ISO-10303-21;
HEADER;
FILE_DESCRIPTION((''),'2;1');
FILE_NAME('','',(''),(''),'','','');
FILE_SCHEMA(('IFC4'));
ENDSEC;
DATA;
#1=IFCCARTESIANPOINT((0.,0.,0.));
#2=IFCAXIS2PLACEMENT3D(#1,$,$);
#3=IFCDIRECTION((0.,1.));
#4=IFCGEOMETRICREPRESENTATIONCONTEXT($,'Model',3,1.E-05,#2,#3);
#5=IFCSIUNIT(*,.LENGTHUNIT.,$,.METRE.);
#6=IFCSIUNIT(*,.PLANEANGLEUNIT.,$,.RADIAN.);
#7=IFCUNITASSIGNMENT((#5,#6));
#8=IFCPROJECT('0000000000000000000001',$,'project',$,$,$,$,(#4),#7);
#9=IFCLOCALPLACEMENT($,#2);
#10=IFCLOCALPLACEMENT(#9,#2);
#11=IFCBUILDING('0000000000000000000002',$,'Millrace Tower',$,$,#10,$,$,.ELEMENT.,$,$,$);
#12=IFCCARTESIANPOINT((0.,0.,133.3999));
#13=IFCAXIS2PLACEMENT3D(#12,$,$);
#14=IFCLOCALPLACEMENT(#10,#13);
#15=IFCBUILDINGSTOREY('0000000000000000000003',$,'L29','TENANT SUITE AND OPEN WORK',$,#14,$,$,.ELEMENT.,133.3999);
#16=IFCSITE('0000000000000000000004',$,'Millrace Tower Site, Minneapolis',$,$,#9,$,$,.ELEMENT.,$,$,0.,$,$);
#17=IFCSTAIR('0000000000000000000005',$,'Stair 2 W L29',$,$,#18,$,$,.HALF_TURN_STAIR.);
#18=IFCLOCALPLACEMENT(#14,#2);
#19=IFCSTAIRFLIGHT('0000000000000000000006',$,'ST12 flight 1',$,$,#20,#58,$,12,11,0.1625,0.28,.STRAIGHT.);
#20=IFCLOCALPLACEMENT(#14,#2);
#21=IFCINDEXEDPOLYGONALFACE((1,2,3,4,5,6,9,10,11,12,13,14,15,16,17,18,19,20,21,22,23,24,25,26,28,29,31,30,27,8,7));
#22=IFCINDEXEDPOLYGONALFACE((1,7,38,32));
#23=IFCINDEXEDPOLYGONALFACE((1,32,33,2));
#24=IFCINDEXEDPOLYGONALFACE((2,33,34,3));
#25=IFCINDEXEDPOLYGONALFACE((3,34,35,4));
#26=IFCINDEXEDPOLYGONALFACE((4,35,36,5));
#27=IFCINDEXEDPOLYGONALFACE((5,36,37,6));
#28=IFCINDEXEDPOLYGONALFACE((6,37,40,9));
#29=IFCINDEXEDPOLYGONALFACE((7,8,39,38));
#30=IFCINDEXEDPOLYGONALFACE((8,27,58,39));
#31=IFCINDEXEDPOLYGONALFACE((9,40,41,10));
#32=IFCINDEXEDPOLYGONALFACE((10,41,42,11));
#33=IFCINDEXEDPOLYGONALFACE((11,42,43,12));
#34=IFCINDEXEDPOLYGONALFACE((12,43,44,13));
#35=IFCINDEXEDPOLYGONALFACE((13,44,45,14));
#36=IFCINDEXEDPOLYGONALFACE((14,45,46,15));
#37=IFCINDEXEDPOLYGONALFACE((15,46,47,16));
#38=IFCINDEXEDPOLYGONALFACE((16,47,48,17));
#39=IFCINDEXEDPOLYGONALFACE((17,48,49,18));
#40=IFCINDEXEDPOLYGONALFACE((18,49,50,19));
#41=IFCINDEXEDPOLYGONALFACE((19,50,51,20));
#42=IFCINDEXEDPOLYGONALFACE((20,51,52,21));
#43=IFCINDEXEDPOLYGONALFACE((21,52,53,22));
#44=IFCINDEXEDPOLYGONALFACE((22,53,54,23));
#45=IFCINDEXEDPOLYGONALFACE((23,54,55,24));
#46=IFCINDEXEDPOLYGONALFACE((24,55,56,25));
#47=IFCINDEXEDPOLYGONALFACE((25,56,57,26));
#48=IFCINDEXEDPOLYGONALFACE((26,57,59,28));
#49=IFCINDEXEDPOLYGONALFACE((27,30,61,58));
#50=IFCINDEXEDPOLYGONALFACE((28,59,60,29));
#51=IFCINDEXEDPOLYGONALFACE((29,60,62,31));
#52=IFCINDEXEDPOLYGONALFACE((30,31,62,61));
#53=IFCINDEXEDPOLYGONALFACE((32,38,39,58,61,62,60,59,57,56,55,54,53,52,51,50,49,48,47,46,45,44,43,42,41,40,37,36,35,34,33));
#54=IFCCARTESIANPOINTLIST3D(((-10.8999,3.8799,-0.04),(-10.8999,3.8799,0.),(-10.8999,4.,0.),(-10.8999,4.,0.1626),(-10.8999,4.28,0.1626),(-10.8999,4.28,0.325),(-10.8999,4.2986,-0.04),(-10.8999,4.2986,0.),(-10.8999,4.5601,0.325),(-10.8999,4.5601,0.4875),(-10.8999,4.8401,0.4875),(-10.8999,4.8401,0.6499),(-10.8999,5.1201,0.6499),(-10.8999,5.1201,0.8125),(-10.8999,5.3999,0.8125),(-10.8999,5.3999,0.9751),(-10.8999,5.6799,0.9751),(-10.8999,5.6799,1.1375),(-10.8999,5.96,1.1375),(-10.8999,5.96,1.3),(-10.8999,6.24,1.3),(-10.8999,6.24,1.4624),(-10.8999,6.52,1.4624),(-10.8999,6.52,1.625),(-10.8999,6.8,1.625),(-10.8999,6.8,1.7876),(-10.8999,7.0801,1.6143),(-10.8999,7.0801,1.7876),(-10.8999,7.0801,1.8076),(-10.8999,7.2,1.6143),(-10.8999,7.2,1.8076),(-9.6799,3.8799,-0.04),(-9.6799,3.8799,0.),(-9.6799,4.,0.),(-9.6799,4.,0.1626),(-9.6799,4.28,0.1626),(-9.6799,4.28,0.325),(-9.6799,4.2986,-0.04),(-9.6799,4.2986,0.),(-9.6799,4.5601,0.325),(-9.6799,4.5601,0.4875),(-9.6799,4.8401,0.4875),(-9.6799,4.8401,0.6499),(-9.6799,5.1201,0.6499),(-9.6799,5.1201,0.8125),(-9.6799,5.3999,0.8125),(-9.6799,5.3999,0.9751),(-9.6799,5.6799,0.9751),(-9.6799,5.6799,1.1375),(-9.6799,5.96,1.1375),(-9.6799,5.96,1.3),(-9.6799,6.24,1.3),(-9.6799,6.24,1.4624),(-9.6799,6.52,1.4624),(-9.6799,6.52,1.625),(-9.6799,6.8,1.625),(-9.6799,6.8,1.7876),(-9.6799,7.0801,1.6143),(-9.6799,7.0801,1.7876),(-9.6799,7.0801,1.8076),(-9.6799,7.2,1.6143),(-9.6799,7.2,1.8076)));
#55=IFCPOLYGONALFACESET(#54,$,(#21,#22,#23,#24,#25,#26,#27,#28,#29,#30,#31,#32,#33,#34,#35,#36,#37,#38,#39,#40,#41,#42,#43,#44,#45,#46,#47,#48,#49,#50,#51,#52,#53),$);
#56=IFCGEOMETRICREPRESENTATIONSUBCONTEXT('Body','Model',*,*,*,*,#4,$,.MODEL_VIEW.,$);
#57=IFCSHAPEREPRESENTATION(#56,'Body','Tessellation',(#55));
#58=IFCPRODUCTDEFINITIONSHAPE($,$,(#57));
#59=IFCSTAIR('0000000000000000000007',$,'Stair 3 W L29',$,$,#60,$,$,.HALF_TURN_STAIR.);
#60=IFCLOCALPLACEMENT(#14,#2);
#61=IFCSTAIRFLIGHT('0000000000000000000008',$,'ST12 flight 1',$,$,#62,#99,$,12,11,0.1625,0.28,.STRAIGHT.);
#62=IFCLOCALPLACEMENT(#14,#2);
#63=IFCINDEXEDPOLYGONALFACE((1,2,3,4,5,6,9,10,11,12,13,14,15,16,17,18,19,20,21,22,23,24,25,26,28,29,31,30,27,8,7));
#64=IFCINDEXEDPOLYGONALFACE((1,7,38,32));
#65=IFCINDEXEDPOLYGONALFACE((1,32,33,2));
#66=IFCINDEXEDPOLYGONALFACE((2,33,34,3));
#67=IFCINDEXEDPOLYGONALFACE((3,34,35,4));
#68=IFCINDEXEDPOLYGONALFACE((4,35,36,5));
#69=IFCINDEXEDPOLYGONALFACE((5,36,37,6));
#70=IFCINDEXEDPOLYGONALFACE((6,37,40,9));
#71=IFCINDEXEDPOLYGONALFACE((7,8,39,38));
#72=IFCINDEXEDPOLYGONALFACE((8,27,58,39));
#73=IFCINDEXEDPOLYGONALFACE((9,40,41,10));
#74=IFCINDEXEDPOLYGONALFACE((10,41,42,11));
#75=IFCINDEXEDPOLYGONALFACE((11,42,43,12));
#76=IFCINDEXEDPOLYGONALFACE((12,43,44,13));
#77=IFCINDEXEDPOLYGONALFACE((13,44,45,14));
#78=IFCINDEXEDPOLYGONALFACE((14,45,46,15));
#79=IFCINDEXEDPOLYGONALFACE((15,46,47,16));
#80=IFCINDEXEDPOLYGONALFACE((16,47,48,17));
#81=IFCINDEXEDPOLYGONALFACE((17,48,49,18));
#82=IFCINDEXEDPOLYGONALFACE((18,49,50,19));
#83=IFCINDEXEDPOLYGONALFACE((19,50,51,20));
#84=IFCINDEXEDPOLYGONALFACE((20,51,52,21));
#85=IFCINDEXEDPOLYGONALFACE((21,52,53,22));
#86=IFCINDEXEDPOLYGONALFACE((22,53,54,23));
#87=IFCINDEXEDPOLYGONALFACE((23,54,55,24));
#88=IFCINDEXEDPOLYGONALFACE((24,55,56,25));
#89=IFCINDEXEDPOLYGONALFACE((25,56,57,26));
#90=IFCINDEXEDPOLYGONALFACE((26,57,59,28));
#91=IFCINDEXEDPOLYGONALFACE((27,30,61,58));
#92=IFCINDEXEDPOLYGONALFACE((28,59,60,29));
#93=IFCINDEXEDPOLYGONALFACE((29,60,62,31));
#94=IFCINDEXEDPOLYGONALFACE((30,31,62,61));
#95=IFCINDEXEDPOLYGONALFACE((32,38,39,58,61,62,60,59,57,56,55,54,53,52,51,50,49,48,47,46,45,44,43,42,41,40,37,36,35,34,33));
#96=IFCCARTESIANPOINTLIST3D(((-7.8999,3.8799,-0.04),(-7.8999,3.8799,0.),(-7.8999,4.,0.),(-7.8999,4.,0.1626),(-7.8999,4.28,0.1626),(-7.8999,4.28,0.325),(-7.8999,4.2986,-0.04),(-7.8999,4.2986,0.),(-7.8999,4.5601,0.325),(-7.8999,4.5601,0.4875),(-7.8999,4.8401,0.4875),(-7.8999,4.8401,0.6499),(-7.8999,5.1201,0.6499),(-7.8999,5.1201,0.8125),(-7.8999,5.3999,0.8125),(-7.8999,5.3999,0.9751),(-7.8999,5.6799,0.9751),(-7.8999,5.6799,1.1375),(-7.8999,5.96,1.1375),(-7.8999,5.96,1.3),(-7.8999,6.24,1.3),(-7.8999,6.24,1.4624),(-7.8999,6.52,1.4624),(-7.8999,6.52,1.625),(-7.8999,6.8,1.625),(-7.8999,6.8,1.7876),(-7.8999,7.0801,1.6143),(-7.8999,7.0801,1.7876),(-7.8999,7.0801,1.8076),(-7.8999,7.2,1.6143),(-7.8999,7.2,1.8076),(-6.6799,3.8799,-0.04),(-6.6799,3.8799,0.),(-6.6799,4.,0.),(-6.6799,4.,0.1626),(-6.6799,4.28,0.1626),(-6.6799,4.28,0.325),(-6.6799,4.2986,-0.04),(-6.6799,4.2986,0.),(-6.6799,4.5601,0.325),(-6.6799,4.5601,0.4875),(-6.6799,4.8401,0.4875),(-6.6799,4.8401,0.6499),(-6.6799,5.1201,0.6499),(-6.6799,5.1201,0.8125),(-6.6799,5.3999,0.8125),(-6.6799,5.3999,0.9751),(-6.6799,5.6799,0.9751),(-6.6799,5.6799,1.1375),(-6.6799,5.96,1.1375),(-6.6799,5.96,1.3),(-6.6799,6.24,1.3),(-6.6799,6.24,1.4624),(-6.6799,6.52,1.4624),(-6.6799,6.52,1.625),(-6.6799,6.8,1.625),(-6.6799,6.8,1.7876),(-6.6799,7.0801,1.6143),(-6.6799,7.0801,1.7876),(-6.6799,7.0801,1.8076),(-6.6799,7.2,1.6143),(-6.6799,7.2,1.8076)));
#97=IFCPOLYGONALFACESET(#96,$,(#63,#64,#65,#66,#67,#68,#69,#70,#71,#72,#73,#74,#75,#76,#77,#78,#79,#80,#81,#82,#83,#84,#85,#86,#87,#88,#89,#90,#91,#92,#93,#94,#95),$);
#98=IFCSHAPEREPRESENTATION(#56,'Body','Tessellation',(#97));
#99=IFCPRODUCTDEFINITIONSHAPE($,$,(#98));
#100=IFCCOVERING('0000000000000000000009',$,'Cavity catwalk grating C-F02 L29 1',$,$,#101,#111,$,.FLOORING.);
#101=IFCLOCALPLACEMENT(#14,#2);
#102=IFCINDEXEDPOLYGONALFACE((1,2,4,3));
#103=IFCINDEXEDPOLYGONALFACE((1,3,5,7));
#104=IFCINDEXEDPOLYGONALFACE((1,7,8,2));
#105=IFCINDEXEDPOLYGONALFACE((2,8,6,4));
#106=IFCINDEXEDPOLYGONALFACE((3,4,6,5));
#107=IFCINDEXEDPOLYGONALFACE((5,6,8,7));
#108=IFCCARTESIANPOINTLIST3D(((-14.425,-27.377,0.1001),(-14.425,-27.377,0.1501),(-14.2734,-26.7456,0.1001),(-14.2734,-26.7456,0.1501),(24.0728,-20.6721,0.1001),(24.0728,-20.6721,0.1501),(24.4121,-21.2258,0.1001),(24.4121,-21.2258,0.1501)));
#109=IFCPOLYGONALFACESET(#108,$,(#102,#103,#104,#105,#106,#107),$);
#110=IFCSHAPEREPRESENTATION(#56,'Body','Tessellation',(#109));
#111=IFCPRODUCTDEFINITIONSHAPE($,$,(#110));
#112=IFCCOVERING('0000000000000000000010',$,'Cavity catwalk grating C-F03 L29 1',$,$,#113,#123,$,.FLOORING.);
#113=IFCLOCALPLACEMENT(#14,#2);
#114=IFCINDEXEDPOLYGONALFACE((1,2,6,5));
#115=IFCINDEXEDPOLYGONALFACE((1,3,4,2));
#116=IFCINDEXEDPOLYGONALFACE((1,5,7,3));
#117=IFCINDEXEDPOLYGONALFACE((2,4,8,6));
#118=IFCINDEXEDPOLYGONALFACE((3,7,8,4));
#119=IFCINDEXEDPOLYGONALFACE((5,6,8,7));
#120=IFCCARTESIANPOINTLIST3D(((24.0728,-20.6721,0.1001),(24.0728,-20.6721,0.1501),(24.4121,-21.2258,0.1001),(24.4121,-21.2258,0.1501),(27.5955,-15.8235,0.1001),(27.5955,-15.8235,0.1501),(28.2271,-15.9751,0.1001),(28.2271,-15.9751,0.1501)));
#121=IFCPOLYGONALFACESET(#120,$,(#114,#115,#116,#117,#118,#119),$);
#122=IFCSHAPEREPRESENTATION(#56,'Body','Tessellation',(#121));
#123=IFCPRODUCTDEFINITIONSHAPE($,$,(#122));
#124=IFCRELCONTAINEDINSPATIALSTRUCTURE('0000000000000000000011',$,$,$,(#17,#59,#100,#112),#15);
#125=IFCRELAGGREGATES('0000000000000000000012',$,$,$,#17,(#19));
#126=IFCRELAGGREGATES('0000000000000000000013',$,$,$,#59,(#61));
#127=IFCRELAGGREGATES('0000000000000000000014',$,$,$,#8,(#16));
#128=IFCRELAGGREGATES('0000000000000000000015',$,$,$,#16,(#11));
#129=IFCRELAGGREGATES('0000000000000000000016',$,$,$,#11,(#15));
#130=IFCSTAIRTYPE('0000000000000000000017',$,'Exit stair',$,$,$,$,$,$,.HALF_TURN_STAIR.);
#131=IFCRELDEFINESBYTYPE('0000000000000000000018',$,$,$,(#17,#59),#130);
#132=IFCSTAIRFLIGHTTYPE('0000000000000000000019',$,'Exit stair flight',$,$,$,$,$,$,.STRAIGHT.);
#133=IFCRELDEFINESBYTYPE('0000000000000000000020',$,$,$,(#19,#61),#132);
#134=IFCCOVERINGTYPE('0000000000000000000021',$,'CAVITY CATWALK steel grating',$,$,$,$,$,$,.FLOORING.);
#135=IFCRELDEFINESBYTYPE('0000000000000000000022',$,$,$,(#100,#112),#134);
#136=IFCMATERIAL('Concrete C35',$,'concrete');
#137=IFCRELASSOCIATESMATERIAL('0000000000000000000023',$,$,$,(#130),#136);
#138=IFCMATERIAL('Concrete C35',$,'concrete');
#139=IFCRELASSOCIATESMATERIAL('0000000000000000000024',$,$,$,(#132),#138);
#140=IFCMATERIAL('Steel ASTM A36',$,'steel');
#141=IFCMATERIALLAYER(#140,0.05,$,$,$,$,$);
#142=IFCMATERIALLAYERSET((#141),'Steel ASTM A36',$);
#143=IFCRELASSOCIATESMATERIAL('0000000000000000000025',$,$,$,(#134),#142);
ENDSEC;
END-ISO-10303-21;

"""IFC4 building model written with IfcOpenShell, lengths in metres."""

from ifc_helpers import new_model, si_unit, direction, frame, origin, place, context, subcontext, project, spatial, polyline, outline, extrude, material, layer, layer_set, type_object, element, aggregate, save


model = new_model("IFC4")

# Units and contexts
model_context = context("Model", 3, precision=1e-05, world=origin(), true_north=direction((0.0, 1.0)))
body_context = subcontext(model_context, "Body", "Model", "MODEL_VIEW")
ifc_project = project(units=[si_unit("LENGTHUNIT", "METRE"), si_unit("PLANEANGLEUNIT", "RADIAN")], contexts=[model_context])

# Site, building, storey
site_placement = place(None, origin())
site = spatial("IfcSite", under=ifc_project, at=site_placement, Name="Millrace Tower Site, Minneapolis", CompositionType="ELEMENT", RefElevation=0.0)
building_placement = place(site_placement, origin())
building = spatial("IfcBuilding", under=site, at=building_placement, Name="Millrace Tower", CompositionType="ELEMENT")
storey_placement = place(building_placement, frame((0.0, 0.0, 133.3999)))
storey = spatial("IfcBuildingStorey", under=building, at=storey_placement, Name="L29", Description="TENANT SUITE AND OPEN WORK", CompositionType="ELEMENT", Elevation=133.3999)

# Shared definitions
placement_1 = place(storey_placement, origin())

# Stairs, stair flights
ifc_material_1 = material(Name="Concrete C35", Category="concrete")
stair_type = type_object("IfcStairType", Name="Exit stair", PredefinedType="HALF_TURN_STAIR", material=ifc_material_1)
ifc_material_2 = material(Name="Concrete C35", Category="concrete")
stair_flight_type = type_object("IfcStairFlightType", Name="Exit stair flight", PredefinedType="STRAIGHT", material=ifc_material_2)
stair_1 = element("IfcStair", 1, at=placement_1, inside=storey, type_object=stair_type, Name="Stair 2 W L29", PredefinedType="HALF_TURN_STAIR")
stair_flight_1_placement = place(storey_placement, frame((-10.29, 4.0, 0.0), z_axis=(0.0, 0.0, 1.0), x_axis=(0.0, 1.0, 0.0)))
stair_flight_1 = element("IfcStairFlight", 2, at=stair_flight_1_placement, type_object=stair_flight_type, Name="ST12 flight 1", NumberOfRisers=12, NumberOfTreads=11, PredefinedType="STRAIGHT", RiserHeight=0.1625, TreadLength=0.28, context=body_context, shape_type="SweptSolid", body=[
    extrude(outline(polyline([(-0.1201, -0.04), (-0.1201, 0.0), (0.0, 0.0), (0.0, 0.1626), (0.28, 0.1626), (0.28, 0.325), (0.5601, 0.325), (0.5601, 0.4875), (0.8401, 0.4875), (0.8401, 0.6499), (1.1201, 0.6499), (1.1201, 0.8125), (1.3999, 0.8125), (1.3999, 0.9751), (1.6799, 0.9751), (1.6799, 1.1375), (1.96, 1.1375), (1.96, 1.3), (2.24, 1.3), (2.24, 1.4624), (2.52, 1.4624), (2.52, 1.625), (2.8, 1.625), (2.8, 1.7876), (3.0801, 1.7876), (3.0801, 1.8076), (3.2, 1.8076), (3.2, 1.6143), (3.0801, 1.6143), (0.2986, 0.0), (0.2986, -0.04), (-0.1201, -0.04)])), frame((0.0, 0.6099, 0.0), z_axis=(0.0, -1.0, 0.0), x_axis=(1.0, 0.0, 0.0)), (0.0, 0.0, 1.0), 1.22),
])
aggregate(stair_1, [stair_flight_1])
stair_2 = element("IfcStair", 3, at=placement_1, inside=storey, type_object=stair_type, Name="Stair 3 W L29", PredefinedType="HALF_TURN_STAIR")
stair_flight_2_placement = place(storey_placement, frame((-7.29, 4.0, 0.0), z_axis=(0.0, 0.0, 1.0), x_axis=(0.0, 1.0, 0.0)))
stair_flight_2 = element("IfcStairFlight", 4, at=stair_flight_2_placement, type_object=stair_flight_type, Name="ST12 flight 1", NumberOfRisers=12, NumberOfTreads=11, PredefinedType="STRAIGHT", RiserHeight=0.1625, TreadLength=0.28, context=body_context, shape_type="SweptSolid", body=[
    extrude(outline(polyline([(-0.1201, -0.04), (-0.1201, 0.0), (0.0, 0.0), (0.0, 0.1626), (0.28, 0.1626), (0.28, 0.325), (0.5601, 0.325), (0.5601, 0.4875), (0.8401, 0.4875), (0.8401, 0.6499), (1.1201, 0.6499), (1.1201, 0.8125), (1.3999, 0.8125), (1.3999, 0.9751), (1.6799, 0.9751), (1.6799, 1.1375), (1.96, 1.1375), (1.96, 1.3), (2.24, 1.3), (2.24, 1.4624), (2.52, 1.4624), (2.52, 1.625), (2.8, 1.625), (2.8, 1.7876), (3.0801, 1.7876), (3.0801, 1.8076), (3.2, 1.8076), (3.2, 1.6143), (3.0801, 1.6143), (0.2986, 0.0), (0.2986, -0.04), (-0.1201, -0.04)])), frame((0.0, 0.6099, 0.0), z_axis=(0.0, -1.0, 0.0), x_axis=(1.0, 0.0, 0.0)), (0.0, 0.0, 1.0), 1.22),
])
aggregate(stair_2, [stair_flight_2])

# Coverings
ifc_material_3 = material(Name="Steel ASTM A36", Category="steel")
ifc_layer_1 = layer(ifc_material_3, 0.05)
ifc_layer_set_1 = layer_set([ifc_layer_1], Name="Steel ASTM A36")
covering_type = type_object("IfcCoveringType", Name="CAVITY CATWALK steel grating", PredefinedType="FLOORING", material=ifc_layer_set_1)
placement_2 = place(storey_placement, frame((0.0, 0.0, 0.1001)))
element("IfcCovering", 5, at=placement_2, inside=storey, type_object=covering_type, Name="Cavity catwalk grating C-F02 L29 1", PredefinedType="FLOORING", context=body_context, shape_type="SweptSolid", body=[
    extrude(outline(polyline([(-14.425, -27.377), (24.4121, -21.2258), (24.0728, -20.6721), (-14.2734, -26.7456), (-14.425, -27.377)])), origin(), (0.0, 0.0, 1.0), 0.05),
])
element("IfcCovering", 6, at=placement_2, inside=storey, type_object=covering_type, Name="Cavity catwalk grating C-F03 L29 1", PredefinedType="FLOORING", context=body_context, shape_type="SweptSolid", body=[
    extrude(outline(polyline([(24.4121, -21.2258), (28.2271, -15.9751), (27.5955, -15.8235), (24.0728, -20.6721), (24.4121, -21.2258)])), origin(), (0.0, 0.0, 1.0), 0.05),
])

save(model, "model.ifc")
